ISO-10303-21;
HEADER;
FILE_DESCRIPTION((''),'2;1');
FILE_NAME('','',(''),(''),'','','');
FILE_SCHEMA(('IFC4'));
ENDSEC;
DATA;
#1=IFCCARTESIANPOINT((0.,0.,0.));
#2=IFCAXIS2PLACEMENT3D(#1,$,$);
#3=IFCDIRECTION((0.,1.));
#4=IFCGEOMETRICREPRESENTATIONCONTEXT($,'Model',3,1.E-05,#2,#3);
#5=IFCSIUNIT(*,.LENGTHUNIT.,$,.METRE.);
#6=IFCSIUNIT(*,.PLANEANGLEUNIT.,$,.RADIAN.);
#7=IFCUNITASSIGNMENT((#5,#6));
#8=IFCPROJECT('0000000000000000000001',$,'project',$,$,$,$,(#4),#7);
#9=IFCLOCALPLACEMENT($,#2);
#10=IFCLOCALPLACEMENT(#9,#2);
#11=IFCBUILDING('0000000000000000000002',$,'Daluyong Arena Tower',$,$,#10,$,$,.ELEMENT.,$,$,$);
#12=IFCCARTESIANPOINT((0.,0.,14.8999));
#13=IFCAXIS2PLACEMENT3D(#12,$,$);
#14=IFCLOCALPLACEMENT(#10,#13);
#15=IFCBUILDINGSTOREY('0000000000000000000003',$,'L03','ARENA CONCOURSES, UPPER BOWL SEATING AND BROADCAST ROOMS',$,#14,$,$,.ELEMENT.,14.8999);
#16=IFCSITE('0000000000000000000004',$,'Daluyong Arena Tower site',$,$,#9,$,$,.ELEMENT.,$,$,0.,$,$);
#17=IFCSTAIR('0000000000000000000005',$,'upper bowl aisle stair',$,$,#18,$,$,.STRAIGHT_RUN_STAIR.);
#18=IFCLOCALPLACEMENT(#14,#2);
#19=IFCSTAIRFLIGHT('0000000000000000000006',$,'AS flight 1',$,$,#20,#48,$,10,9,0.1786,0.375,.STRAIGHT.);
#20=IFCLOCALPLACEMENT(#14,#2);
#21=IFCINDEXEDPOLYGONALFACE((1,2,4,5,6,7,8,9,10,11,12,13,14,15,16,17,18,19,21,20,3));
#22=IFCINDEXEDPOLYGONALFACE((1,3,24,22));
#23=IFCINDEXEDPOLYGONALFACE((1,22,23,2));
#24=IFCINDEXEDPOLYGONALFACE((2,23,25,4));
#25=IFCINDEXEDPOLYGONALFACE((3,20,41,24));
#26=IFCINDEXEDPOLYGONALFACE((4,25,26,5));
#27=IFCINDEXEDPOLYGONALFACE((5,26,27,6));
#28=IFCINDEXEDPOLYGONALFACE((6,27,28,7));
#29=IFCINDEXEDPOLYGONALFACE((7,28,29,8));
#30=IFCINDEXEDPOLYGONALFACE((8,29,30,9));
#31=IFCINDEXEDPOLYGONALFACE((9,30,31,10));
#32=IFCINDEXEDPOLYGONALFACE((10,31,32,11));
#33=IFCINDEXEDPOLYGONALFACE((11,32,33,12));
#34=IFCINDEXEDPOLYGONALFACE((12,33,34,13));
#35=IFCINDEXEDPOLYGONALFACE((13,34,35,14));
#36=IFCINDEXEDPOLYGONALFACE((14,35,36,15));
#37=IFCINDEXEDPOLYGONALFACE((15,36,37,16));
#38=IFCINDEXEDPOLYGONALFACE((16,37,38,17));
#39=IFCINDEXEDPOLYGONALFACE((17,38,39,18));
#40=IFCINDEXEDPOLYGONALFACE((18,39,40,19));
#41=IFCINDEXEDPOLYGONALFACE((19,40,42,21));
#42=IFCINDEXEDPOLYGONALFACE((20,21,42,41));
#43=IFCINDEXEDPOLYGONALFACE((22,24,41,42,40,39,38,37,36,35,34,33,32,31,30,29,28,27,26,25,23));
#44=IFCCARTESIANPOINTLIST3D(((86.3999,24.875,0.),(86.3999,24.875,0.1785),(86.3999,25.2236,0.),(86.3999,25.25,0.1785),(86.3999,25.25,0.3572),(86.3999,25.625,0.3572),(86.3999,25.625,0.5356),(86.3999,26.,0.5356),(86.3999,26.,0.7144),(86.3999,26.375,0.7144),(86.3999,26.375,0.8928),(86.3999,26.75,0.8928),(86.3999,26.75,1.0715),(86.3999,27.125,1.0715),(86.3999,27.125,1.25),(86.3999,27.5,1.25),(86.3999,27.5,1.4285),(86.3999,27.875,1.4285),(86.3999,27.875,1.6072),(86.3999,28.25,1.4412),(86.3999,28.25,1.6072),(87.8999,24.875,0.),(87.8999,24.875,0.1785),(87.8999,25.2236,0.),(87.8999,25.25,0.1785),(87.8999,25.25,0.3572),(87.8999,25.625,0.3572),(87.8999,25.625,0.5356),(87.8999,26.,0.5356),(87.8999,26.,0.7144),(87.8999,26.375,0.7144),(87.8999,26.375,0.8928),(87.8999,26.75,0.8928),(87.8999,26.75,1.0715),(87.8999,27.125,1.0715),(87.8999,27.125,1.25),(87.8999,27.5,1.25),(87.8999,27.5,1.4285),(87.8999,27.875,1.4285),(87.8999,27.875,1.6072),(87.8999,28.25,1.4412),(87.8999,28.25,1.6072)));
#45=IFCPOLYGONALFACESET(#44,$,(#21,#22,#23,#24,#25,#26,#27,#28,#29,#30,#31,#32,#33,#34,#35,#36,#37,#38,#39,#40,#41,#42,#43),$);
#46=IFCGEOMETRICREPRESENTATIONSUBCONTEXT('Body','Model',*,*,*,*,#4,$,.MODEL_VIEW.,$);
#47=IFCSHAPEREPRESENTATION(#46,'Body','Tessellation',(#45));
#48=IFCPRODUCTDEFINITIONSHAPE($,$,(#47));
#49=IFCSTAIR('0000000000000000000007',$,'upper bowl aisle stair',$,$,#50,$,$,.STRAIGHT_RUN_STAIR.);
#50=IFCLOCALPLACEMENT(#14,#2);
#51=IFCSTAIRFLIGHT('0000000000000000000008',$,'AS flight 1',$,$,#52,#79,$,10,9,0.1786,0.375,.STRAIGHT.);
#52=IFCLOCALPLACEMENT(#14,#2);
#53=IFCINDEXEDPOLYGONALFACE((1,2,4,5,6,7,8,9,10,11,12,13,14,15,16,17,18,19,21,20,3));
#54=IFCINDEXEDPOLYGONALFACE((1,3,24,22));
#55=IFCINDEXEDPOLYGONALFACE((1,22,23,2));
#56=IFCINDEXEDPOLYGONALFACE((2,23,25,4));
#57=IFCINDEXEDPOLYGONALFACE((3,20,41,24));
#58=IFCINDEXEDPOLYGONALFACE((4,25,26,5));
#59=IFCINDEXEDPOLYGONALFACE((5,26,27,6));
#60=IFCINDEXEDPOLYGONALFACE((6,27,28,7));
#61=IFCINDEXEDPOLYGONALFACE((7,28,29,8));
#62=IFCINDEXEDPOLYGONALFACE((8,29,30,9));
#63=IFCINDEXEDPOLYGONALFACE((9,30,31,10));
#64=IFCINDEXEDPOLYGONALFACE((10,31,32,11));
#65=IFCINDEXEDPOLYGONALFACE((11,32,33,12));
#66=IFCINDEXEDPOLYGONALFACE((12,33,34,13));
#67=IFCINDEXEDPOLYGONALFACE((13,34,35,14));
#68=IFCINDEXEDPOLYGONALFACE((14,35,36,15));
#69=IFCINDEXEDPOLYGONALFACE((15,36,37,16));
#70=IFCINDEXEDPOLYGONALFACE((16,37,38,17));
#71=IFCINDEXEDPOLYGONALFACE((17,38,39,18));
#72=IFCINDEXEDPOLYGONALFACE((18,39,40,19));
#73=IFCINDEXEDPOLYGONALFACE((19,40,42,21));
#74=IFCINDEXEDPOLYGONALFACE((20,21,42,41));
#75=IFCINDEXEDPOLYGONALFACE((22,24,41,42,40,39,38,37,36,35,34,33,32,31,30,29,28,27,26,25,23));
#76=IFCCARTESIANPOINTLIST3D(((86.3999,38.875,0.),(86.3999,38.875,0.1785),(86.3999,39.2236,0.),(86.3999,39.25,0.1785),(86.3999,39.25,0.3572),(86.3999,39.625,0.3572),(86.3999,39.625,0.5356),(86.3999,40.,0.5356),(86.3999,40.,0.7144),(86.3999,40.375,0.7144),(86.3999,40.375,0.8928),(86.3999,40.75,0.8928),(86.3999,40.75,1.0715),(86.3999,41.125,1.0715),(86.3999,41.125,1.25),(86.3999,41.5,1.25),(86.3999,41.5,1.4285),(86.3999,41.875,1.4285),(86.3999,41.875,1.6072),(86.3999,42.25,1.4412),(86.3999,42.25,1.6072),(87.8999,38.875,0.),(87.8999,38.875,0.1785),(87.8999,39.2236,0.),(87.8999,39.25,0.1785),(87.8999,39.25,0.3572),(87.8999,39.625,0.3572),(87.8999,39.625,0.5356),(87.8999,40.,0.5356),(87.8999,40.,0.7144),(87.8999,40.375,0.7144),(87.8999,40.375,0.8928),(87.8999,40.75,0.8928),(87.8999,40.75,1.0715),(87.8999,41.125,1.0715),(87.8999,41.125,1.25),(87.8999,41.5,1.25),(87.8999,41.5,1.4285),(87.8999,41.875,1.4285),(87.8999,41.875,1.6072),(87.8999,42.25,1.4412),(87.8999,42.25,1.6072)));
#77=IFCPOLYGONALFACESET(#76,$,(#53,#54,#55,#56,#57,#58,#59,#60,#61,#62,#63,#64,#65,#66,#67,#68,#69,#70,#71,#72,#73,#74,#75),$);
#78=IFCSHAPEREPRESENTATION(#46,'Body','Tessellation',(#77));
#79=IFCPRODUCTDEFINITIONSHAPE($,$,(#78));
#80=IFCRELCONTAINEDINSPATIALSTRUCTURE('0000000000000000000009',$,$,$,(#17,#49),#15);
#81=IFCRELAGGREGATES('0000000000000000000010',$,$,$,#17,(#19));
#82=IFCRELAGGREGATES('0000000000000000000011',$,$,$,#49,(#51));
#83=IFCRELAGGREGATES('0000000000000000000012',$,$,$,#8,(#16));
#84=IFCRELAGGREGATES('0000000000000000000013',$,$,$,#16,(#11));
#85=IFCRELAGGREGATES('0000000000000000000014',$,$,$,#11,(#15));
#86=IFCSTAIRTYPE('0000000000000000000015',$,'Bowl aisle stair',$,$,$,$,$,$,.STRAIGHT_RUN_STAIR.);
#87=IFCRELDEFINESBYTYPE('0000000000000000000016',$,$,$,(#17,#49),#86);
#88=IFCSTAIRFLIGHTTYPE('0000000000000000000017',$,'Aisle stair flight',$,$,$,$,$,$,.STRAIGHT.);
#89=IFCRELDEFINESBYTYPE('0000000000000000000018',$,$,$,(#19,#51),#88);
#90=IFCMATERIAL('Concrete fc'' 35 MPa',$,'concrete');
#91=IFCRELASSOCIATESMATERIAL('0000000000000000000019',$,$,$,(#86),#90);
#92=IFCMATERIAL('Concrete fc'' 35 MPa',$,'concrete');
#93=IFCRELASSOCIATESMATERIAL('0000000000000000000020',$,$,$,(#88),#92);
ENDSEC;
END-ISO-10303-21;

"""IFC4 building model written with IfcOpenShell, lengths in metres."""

from ifc_helpers import new_model, si_unit, direction, frame, origin, place, context, subcontext, project, spatial, polyline, outline, extrude, material, type_object, element, aggregate, save


model = new_model("IFC4")

# Units and contexts
model_context = context("Model", 3, precision=1e-05, world=origin(), true_north=direction((0.0, 1.0)))
body_context = subcontext(model_context, "Body", "Model", "MODEL_VIEW")
ifc_project = project(units=[si_unit("LENGTHUNIT", "METRE"), si_unit("PLANEANGLEUNIT", "RADIAN")], contexts=[model_context])

# Site, building, storey
site_placement = place(None, origin())
site = spatial("IfcSite", under=ifc_project, at=site_placement, Name="Daluyong Arena Tower site", CompositionType="ELEMENT", RefElevation=0.0)
building_placement = place(site_placement, origin())
building = spatial("IfcBuilding", under=site, at=building_placement, Name="Daluyong Arena Tower", CompositionType="ELEMENT")
storey_placement = place(building_placement, frame((0.0, 0.0, 14.8999)))
storey = spatial("IfcBuildingStorey", under=building, at=storey_placement, Name="L03", Description="ARENA CONCOURSES, UPPER BOWL SEATING AND BROADCAST ROOMS", CompositionType="ELEMENT", Elevation=14.8999)

# Stairs, stair flights
ifc_material_1 = material(Name="Concrete fc' 35 MPa", Category="concrete")
stair_type = type_object("IfcStairType", Name="Bowl aisle stair", PredefinedType="STRAIGHT_RUN_STAIR", material=ifc_material_1)
stair_1_placement = place(storey_placement, origin())
stair_1 = element("IfcStair", 1, at=stair_1_placement, inside=storey, type_object=stair_type, Name="upper bowl aisle stair", PredefinedType="STRAIGHT_RUN_STAIR")
ifc_material_2 = material(Name="Concrete fc' 35 MPa", Category="concrete")
stair_flight_type = type_object("IfcStairFlightType", Name="Aisle stair flight", PredefinedType="STRAIGHT", material=ifc_material_2)
stair_flight_1_placement = place(storey_placement, frame((87.1499, 24.875, 0.0), z_axis=(0.0, 0.0, 1.0), x_axis=(0.0, 1.0, 0.0)))
stair_flight_1 = element("IfcStairFlight", 2, at=stair_flight_1_placement, type_object=stair_flight_type, Name="AS flight 1", NumberOfRisers=10, NumberOfTreads=9, PredefinedType="STRAIGHT", RiserHeight=0.1786, TreadLength=0.375, context=body_context, shape_type="SweptSolid", body=[
    extrude(outline(polyline([(0.0, 0.0), (0.0, 0.1785), (0.375, 0.1785), (0.375, 0.3572), (0.75, 0.3572), (0.75, 0.5356), (1.125, 0.5356), (1.125, 0.7144), (1.5, 0.7144), (1.5, 0.8928), (1.875, 0.8928), (1.875, 1.0715), (2.25, 1.0715), (2.25, 1.25), (2.625, 1.25), (2.625, 1.4285), (3.0, 1.4285), (3.0, 1.6072), (3.375, 1.6072), (3.375, 1.7856), (3.375, 1.4412), (0.3486, 0.0), (0.0, 0.0)])), frame((0.0, 0.75, 0.0), z_axis=(0.0, -1.0, 0.0), x_axis=(1.0, 0.0, 0.0)), (0.0, 0.0, 1.0), 1.5),
])
aggregate(stair_1, [stair_flight_1])
stair_2_placement = place(storey_placement, origin())
stair_2 = element("IfcStair", 3, at=stair_2_placement, inside=storey, type_object=stair_type, Name="upper bowl aisle stair", PredefinedType="STRAIGHT_RUN_STAIR")
stair_flight_2_placement = place(storey_placement, frame((87.1499, 38.875, 0.0), z_axis=(0.0, 0.0, 1.0), x_axis=(0.0, 1.0, 0.0)))
stair_flight_2 = element("IfcStairFlight", 4, at=stair_flight_2_placement, type_object=stair_flight_type, Name="AS flight 1", NumberOfRisers=10, NumberOfTreads=9, PredefinedType="STRAIGHT", RiserHeight=0.1786, TreadLength=0.375, context=body_context, shape_type="SweptSolid", body=[
    extrude(outline(polyline([(0.0, 0.0), (0.0, 0.1785), (0.375, 0.1785), (0.375, 0.3572), (0.75, 0.3572), (0.75, 0.5356), (1.125, 0.5356), (1.125, 0.7144), (1.5, 0.7144), (1.5, 0.8928), (1.875, 0.8928), (1.875, 1.0715), (2.25, 1.0715), (2.25, 1.25), (2.625, 1.25), (2.625, 1.4285), (3.0, 1.4285), (3.0, 1.6072), (3.375, 1.6072), (3.375, 1.7856), (3.375, 1.4412), (0.3486, 0.0), (0.0, 0.0)])), frame((0.0, 0.75, 0.0), z_axis=(0.0, -1.0, 0.0), x_axis=(1.0, 0.0, 0.0)), (0.0, 0.0, 1.0), 1.5),
])
aggregate(stair_2, [stair_flight_2])

save(model, "model.ifc")
